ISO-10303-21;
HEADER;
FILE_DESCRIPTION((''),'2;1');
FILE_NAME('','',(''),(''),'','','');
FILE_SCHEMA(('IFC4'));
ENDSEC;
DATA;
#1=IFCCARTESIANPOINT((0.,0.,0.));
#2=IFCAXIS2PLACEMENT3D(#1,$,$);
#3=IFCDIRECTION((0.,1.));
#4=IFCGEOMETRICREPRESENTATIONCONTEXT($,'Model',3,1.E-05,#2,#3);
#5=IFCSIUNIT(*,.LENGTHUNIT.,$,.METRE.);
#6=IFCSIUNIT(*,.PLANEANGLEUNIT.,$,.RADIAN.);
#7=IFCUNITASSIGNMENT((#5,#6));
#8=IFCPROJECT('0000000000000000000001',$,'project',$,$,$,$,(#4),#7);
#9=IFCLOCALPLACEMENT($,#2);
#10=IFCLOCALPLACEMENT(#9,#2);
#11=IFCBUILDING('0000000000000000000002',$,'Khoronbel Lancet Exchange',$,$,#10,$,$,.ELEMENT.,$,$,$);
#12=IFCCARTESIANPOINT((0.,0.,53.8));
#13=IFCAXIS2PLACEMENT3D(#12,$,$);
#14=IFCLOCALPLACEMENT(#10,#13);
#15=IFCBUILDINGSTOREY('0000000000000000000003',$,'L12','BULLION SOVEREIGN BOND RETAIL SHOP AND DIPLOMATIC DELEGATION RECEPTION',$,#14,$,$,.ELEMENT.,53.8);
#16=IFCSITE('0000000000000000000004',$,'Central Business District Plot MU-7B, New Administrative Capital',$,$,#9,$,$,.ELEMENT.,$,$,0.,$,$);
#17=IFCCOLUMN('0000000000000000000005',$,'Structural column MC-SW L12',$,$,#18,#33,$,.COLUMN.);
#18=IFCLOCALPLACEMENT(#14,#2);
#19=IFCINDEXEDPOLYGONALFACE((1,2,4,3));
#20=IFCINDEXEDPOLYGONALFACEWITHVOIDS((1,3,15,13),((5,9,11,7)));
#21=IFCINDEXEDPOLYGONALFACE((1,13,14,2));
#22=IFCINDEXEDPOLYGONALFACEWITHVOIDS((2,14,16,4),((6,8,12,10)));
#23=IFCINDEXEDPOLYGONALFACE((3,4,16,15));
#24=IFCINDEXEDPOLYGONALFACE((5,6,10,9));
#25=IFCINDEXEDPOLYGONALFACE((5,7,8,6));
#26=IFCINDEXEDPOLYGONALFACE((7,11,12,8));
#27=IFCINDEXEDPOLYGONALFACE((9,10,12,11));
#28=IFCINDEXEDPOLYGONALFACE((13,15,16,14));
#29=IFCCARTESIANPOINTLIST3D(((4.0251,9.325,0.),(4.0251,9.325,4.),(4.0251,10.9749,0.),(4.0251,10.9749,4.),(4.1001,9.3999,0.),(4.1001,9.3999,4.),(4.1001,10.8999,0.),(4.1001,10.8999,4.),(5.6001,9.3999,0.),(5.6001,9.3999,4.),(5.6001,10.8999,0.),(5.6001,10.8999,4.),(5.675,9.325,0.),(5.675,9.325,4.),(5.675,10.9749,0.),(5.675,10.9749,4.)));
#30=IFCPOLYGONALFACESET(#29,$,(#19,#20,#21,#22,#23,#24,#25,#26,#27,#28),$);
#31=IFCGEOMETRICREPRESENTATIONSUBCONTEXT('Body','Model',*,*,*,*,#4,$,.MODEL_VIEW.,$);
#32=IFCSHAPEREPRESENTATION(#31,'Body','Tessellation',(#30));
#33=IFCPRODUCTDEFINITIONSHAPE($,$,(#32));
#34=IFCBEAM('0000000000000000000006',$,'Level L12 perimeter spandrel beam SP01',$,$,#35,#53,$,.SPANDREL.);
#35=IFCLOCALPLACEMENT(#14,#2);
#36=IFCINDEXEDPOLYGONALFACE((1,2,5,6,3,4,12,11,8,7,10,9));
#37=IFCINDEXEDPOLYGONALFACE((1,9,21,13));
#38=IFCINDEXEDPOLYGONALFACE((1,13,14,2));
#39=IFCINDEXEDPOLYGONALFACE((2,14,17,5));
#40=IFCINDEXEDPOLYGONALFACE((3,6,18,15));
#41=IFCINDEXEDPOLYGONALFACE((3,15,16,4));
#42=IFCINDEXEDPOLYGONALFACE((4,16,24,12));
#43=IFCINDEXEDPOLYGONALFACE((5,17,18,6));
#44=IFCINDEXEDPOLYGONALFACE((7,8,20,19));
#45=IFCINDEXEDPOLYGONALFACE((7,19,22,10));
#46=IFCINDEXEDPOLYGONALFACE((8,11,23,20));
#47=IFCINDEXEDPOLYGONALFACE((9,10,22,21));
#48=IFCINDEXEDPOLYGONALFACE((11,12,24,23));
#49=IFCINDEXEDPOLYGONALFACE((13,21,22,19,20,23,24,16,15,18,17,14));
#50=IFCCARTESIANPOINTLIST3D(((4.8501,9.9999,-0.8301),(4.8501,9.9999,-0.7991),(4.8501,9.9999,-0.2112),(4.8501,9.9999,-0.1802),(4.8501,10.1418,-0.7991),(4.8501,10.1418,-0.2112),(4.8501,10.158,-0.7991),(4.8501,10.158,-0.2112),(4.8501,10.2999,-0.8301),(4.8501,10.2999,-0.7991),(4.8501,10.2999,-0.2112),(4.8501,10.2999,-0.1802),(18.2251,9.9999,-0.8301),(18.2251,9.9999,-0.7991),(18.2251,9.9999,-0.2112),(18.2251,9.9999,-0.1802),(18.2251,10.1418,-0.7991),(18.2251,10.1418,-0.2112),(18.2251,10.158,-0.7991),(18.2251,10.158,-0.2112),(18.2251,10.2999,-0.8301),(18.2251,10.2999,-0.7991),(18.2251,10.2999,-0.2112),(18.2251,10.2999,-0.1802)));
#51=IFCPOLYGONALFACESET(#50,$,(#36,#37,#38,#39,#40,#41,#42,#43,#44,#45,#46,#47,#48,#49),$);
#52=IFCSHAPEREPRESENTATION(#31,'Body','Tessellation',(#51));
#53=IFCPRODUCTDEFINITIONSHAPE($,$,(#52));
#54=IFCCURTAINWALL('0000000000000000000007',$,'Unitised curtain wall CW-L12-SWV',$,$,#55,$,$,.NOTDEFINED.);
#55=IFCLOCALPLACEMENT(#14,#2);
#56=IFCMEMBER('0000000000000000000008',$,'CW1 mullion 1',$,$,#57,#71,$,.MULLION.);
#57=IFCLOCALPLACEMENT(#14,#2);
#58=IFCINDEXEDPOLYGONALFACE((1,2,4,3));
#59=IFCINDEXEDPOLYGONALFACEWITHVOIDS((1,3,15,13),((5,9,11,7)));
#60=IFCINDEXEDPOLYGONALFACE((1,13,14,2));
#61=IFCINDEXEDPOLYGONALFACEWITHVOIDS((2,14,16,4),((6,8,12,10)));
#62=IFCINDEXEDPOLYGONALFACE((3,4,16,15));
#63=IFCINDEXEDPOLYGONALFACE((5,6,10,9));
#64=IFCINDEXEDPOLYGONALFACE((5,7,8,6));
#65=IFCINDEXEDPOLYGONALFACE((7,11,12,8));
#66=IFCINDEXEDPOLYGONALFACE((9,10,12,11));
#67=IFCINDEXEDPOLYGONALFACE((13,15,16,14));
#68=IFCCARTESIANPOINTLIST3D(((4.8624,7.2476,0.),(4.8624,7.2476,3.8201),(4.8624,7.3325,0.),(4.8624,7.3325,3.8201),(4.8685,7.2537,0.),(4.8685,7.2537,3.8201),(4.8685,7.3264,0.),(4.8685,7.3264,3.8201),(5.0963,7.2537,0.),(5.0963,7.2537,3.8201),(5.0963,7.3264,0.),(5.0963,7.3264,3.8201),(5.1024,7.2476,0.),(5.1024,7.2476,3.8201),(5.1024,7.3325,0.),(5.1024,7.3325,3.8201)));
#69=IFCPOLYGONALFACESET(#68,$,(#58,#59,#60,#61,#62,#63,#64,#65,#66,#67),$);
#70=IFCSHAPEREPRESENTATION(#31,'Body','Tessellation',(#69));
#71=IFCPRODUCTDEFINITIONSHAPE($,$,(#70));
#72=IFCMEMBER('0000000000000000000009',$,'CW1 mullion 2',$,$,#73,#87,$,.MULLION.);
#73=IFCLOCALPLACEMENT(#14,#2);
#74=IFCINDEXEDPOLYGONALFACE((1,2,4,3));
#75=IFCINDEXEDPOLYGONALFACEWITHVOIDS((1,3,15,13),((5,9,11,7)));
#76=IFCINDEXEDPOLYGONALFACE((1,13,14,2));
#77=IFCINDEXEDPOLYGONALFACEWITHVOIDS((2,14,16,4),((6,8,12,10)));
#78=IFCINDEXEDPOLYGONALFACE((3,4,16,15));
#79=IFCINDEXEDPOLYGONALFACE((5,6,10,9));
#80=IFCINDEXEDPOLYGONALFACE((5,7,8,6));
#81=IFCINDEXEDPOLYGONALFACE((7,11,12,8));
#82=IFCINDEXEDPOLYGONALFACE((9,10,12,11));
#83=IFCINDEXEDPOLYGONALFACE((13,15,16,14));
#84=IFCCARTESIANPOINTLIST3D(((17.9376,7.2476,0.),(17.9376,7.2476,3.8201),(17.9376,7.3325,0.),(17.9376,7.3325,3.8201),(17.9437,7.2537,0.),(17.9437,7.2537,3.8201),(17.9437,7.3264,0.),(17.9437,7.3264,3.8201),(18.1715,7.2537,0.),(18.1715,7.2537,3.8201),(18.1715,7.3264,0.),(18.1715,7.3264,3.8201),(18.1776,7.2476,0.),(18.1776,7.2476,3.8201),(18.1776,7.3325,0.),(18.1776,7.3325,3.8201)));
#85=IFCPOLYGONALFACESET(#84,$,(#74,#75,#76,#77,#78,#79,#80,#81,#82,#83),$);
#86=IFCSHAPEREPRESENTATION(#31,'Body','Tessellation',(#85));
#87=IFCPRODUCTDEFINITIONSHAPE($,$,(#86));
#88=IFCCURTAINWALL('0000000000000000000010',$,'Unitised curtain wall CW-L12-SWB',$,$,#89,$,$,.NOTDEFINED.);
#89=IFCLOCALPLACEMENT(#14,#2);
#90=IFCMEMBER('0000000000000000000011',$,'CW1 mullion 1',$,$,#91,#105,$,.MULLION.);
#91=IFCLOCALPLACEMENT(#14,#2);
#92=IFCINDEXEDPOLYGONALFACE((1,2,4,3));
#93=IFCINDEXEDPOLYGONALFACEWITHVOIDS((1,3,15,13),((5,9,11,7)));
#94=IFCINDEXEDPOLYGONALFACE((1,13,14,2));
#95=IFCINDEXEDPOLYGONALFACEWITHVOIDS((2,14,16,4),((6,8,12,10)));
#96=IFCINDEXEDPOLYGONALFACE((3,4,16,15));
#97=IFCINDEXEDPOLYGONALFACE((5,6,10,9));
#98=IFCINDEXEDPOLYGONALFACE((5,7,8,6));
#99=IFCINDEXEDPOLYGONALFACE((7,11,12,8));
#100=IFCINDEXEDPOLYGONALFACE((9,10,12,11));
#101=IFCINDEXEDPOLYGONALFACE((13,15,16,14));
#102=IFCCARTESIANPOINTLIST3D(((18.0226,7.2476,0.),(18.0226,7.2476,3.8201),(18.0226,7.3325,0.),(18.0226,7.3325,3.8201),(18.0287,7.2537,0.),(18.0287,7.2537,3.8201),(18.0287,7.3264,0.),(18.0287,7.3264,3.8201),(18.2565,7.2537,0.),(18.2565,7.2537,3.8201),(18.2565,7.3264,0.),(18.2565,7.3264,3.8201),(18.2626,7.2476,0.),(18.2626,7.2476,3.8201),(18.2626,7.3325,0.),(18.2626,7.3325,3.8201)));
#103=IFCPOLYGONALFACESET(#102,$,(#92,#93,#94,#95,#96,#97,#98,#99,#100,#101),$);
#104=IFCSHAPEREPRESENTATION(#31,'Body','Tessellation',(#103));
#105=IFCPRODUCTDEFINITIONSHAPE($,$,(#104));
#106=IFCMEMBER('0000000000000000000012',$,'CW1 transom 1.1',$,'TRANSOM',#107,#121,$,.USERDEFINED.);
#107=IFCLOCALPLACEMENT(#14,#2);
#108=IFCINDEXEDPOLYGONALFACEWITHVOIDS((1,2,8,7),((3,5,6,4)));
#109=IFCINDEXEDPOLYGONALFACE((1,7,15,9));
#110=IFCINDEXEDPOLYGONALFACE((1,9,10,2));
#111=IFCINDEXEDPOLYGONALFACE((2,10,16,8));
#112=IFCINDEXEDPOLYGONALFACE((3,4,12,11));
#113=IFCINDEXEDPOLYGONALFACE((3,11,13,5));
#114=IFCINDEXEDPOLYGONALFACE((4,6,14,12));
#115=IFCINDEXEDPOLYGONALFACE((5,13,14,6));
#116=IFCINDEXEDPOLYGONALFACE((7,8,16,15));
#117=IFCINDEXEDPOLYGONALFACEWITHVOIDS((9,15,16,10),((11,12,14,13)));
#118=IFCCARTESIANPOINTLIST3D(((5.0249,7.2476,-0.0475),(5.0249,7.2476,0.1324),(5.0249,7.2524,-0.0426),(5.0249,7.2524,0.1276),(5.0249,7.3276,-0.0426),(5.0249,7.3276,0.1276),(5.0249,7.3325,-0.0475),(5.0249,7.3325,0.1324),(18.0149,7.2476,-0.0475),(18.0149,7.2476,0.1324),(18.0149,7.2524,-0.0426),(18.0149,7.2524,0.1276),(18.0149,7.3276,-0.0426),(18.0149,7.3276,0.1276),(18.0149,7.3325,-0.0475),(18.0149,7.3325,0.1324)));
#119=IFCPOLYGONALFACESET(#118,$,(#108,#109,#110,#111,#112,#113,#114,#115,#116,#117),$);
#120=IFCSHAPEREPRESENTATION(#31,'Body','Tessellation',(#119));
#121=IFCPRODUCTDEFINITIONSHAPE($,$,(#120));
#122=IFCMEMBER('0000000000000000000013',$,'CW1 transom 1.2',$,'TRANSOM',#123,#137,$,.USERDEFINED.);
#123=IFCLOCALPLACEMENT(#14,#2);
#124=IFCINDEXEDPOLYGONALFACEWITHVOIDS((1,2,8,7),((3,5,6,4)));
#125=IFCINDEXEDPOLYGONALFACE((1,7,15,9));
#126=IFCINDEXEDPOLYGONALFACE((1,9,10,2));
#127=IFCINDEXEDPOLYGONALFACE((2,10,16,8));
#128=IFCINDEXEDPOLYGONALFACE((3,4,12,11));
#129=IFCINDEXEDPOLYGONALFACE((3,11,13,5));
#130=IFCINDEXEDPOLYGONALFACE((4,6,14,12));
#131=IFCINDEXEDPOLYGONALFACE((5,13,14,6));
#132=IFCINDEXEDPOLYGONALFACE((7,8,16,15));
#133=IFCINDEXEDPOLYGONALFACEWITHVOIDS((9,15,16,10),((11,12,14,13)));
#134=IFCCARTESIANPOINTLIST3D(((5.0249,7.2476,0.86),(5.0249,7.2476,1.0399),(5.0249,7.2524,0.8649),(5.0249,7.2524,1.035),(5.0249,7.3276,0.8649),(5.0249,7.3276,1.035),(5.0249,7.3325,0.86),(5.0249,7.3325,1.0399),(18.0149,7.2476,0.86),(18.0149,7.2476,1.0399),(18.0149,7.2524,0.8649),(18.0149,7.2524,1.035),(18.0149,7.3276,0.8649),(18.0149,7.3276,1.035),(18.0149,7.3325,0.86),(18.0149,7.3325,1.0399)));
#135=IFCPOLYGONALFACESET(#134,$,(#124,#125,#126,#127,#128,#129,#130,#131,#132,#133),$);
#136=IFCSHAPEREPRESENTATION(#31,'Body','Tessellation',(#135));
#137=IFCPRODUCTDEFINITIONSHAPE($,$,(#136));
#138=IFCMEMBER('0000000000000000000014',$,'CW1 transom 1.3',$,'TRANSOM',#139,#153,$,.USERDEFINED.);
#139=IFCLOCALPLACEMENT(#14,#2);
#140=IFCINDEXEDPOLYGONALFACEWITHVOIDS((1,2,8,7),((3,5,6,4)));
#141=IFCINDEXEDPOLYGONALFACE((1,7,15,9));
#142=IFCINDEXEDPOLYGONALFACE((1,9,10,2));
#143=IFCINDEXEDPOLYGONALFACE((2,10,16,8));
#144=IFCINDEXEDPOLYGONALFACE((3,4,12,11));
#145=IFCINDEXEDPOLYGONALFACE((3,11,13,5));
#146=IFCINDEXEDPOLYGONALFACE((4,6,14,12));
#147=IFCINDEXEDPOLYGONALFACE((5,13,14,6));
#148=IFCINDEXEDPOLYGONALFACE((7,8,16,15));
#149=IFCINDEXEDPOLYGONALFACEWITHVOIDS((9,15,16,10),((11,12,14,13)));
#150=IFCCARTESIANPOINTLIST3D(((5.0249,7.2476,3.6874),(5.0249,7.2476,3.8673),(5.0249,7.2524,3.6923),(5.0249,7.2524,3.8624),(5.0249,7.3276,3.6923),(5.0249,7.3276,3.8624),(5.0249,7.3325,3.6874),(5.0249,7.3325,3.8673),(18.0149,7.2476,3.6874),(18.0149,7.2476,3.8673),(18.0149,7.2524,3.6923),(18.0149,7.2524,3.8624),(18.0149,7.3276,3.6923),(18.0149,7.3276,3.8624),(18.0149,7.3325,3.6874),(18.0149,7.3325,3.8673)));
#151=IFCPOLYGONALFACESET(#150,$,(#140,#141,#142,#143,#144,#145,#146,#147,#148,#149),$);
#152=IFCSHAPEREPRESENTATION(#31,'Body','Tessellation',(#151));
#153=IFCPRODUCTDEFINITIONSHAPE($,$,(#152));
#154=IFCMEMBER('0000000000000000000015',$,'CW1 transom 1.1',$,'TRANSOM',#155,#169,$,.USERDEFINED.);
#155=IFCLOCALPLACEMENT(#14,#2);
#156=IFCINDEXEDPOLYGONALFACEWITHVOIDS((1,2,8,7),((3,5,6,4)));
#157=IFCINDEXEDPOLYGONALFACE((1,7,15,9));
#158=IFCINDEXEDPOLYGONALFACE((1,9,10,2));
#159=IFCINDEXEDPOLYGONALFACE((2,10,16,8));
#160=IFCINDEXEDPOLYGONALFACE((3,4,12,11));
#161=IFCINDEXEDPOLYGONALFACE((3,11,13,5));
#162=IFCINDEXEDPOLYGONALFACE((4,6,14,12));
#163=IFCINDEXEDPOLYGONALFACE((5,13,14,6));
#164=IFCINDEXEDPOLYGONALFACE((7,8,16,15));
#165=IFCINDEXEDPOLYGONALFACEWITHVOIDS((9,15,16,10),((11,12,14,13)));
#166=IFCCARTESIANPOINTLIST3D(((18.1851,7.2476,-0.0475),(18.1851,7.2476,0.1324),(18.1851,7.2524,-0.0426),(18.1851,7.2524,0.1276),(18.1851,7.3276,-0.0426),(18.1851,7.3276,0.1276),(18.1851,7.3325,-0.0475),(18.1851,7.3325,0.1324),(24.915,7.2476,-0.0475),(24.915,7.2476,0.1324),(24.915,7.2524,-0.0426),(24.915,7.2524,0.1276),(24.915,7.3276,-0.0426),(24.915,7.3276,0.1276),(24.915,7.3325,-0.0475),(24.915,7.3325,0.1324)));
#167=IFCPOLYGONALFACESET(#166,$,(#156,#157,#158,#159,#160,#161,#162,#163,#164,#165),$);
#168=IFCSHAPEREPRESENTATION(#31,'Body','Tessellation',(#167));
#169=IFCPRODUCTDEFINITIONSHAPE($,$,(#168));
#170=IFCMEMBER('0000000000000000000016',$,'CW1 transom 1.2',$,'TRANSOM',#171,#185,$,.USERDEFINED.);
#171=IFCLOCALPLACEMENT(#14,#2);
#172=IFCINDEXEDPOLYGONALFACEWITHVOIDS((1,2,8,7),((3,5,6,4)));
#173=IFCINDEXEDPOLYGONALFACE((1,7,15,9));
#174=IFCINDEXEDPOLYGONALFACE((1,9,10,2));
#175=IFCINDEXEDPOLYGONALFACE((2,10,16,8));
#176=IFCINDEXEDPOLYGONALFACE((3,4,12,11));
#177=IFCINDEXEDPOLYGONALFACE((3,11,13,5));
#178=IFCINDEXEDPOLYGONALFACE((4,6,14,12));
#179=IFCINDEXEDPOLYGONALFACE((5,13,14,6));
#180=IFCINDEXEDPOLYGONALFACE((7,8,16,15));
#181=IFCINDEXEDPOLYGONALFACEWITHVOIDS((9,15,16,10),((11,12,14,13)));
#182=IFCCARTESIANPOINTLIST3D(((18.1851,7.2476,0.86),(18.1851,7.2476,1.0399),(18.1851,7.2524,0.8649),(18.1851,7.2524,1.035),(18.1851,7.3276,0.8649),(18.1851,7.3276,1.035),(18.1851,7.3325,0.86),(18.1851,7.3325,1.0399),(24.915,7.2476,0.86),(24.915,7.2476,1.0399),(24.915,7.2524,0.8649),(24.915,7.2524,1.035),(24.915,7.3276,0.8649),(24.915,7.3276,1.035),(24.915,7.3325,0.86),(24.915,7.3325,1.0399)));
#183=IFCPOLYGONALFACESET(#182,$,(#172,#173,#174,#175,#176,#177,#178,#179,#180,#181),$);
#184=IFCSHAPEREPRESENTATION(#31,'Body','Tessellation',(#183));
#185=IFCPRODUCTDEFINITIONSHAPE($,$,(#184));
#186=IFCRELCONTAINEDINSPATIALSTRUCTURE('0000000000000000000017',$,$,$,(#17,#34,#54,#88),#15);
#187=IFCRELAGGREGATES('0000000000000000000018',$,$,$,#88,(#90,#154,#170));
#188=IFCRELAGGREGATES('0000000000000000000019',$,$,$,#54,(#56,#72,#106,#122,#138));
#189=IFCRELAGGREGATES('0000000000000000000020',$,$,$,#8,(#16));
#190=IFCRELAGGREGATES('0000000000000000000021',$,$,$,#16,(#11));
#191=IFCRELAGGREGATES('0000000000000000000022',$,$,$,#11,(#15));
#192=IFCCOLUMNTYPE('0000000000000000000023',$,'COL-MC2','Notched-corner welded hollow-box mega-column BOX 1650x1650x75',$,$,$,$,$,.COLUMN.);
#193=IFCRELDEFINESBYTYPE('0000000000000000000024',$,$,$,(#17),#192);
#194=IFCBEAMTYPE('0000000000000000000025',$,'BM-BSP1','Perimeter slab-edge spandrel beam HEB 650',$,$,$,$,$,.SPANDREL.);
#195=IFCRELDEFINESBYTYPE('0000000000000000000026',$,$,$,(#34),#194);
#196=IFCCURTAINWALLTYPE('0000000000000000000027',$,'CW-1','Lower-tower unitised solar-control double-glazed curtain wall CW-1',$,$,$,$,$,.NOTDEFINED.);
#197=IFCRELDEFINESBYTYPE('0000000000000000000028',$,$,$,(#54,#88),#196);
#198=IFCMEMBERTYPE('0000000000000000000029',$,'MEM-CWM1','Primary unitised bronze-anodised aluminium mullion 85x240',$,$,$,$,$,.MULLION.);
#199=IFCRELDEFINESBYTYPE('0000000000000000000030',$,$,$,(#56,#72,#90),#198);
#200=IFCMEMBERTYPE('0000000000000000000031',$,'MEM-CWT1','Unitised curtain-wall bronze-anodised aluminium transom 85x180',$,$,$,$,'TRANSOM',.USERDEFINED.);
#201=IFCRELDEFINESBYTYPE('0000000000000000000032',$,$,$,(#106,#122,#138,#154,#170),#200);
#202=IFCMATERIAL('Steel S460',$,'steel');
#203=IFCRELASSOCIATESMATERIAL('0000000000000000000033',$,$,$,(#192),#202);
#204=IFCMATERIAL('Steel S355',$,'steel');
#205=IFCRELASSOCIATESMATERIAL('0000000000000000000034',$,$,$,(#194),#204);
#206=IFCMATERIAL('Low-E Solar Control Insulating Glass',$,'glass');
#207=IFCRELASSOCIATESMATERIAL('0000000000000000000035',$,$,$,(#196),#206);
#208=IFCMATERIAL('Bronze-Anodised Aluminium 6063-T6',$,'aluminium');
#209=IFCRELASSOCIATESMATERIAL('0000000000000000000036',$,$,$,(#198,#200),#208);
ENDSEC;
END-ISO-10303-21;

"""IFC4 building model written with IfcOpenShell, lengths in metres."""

from ifc_helpers import new_model, si_unit, direction, frame, origin, origin_2d, place, context, subcontext, project, spatial, hollow_rectangle, i_section, extrude, material, material_profile, profile_set, type_object, element, aggregate, save


model = new_model("IFC4")

# Units and contexts
model_context = context("Model", 3, precision=1e-05, world=origin(), true_north=direction((0.0, 1.0)))
body_context = subcontext(model_context, "Body", "Model", "MODEL_VIEW")
ifc_project = project(units=[si_unit("LENGTHUNIT", "METRE"), si_unit("PLANEANGLEUNIT", "RADIAN")], contexts=[model_context])

# Site, building, storey
site_placement = place(None, origin())
site = spatial("IfcSite", under=ifc_project, at=site_placement, Name="Central Business District Plot MU-7B, New Administrative Capital", CompositionType="ELEMENT", RefElevation=0.0)
building_placement = place(site_placement, origin())
building = spatial("IfcBuilding", under=site, at=building_placement, Name="Khoronbel Lancet Exchange", CompositionType="ELEMENT")
storey_placement = place(building_placement, frame((0.0, 0.0, 53.8)))
storey = spatial("IfcBuildingStorey", under=building, at=storey_placement, Name="L12", Description="BULLION SOVEREIGN BOND RETAIL SHOP AND DIPLOMATIC DELEGATION RECEPTION", CompositionType="ELEMENT", Elevation=53.8)

# Column
ifc_material_1 = material(Name="Steel S460", Category="steel")
ifc_material_profile_1 = material_profile(ifc_material_1, hollow_rectangle(XDim=1.6499, YDim=1.6499, WallThickness=0.075, at=origin_2d()), Name="BOX 1650x1650x75")
ifc_profile_set_1 = profile_set([ifc_material_profile_1], Name="Steel S460")
column_type = type_object("IfcColumnType", Name="COL-MC2", Description="Notched-corner welded hollow-box mega-column BOX 1650x1650x75", PredefinedType="COLUMN", material=ifc_profile_set_1)
column_placement = place(storey_placement, frame((4.8501, 10.1499, 0.0), z_axis=(0.0, 0.0, 1.0), x_axis=(1.0, 0.0, 0.0)))
element("IfcColumn", 1, at=column_placement, inside=storey, type_object=column_type, Name="Structural column MC-SW L12", PredefinedType="COLUMN", context=body_context, shape_type="SweptSolid", body=[
    extrude(hollow_rectangle(XDim=1.6499, YDim=1.6499, WallThickness=0.075, at=origin_2d()), origin(), (0.0, 0.0, 1.0), 4.0),
])

# Beam
ifc_material_2 = material(Name="Steel S355", Category="steel")
ifc_material_profile_2 = material_profile(ifc_material_2, i_section(OverallWidth=0.3, OverallDepth=0.6499, WebThickness=0.0161, FlangeThickness=0.031, at=origin_2d()), Name="HEB 650")
ifc_profile_set_2 = profile_set([ifc_material_profile_2], Name="Steel S355")
beam_type = type_object("IfcBeamType", Name="BM-BSP1", Description="Perimeter slab-edge spandrel beam HEB 650", PredefinedType="SPANDREL", material=ifc_profile_set_2)
beam_placement = place(storey_placement, frame((4.8501, 10.1499, -0.5051), z_axis=(1.0, 0.0, 0.0), x_axis=(0.0, 1.0, 0.0)))
element("IfcBeam", 2, at=beam_placement, inside=storey, type_object=beam_type, Name="Level L12 perimeter spandrel beam SP01", PredefinedType="SPANDREL", context=body_context, shape_type="SweptSolid", body=[
    extrude(i_section(OverallWidth=0.3, OverallDepth=0.6499, WebThickness=0.0161, FlangeThickness=0.031, at=origin_2d()), origin(), (0.0, 0.0, 1.0), 13.375),
])

# Curtain wall, members
ifc_material_3 = material(Name="Low-E Solar Control Insulating Glass", Category="glass")
curtain_wall_type = type_object("IfcCurtainWallType", Name="CW-1", Description="Lower-tower unitised solar-control double-glazed curtain wall CW-1", PredefinedType="NOTDEFINED", material=ifc_material_3)
curtain_wall_1_placement = place(storey_placement, origin())
curtain_wall_1 = element("IfcCurtainWall", 3, at=curtain_wall_1_placement, inside=storey, type_object=curtain_wall_type, Name="Unitised curtain wall CW-L12-SWV", PredefinedType="NOTDEFINED")
ifc_material_4 = material(Name="Bronze-Anodised Aluminium 6063-T6", Category="aluminium")
ifc_material_profile_3 = material_profile(ifc_material_4, hollow_rectangle(XDim=0.085, YDim=0.24, WallThickness=0.0061, at=origin_2d()), Name="ALU MULLION 85x240")
ifc_profile_set_3 = profile_set([ifc_material_profile_3], Name="Bronze-Anodised Aluminium 6063-T6")
member_type_1 = type_object("IfcMemberType", Name="MEM-CWM1", Description="Primary unitised bronze-anodised aluminium mullion 85x240", PredefinedType="MULLION", material=ifc_profile_set_3)
member_1_placement = place(storey_placement, frame((4.9824, 7.29, 0.0), z_axis=(0.0, 0.0, 1.0), x_axis=(0.0, 1.0, 0.0)))
member_1 = element("IfcMember", 4, at=member_1_placement, type_object=member_type_1, Name="CW1 mullion 1", PredefinedType="MULLION", context=body_context, shape_type="SweptSolid", body=[
    extrude(hollow_rectangle(XDim=0.085, YDim=0.24, WallThickness=0.0061, at=origin_2d()), origin(), (0.0, 0.0, 1.0), 3.8201),
])
member_2_placement = place(storey_placement, frame((18.0576, 7.29, 0.0), z_axis=(0.0, 0.0, 1.0), x_axis=(0.0, 1.0, 0.0)))
member_2 = element("IfcMember", 5, at=member_2_placement, type_object=member_type_1, Name="CW1 mullion 2", PredefinedType="MULLION", context=body_context, shape_type="SweptSolid", body=[
    extrude(hollow_rectangle(XDim=0.085, YDim=0.24, WallThickness=0.0061, at=origin_2d()), origin(), (0.0, 0.0, 1.0), 3.8201),
])

# Curtain wall, member
curtain_wall_2_placement = place(storey_placement, origin())
curtain_wall_2 = element("IfcCurtainWall", 6, at=curtain_wall_2_placement, inside=storey, type_object=curtain_wall_type, Name="Unitised curtain wall CW-L12-SWB", PredefinedType="NOTDEFINED")
member_3_placement = place(storey_placement, frame((18.1426, 7.29, 0.0), z_axis=(0.0, 0.0, 1.0), x_axis=(0.0, 1.0, 0.0)))
member_3 = element("IfcMember", 7, at=member_3_placement, type_object=member_type_1, Name="CW1 mullion 1", PredefinedType="MULLION", context=body_context, shape_type="SweptSolid", body=[
    extrude(hollow_rectangle(XDim=0.085, YDim=0.24, WallThickness=0.0061, at=origin_2d()), origin(), (0.0, 0.0, 1.0), 3.8201),
])

# Members
ifc_material_profile_4 = material_profile(ifc_material_4, hollow_rectangle(XDim=0.085, YDim=0.1799, WallThickness=0.0049, at=origin_2d()), Name="ALU TRANSOM 85x180")
ifc_profile_set_4 = profile_set([ifc_material_profile_4], Name="Bronze-Anodised Aluminium 6063-T6")
member_type_2 = type_object("IfcMemberType", Name="MEM-CWT1", Description="Unitised curtain-wall bronze-anodised aluminium transom 85x180", ElementType="TRANSOM", PredefinedType="USERDEFINED", material=ifc_profile_set_4)
member_4_placement = place(storey_placement, frame((5.0249, 7.29, 0.0425), z_axis=(1.0, 0.0, 0.0), x_axis=(0.0, 1.0, 0.0)))
member_4 = element("IfcMember", 8, at=member_4_placement, type_object=member_type_2, Name="CW1 transom 1.1", ObjectType="TRANSOM", PredefinedType="USERDEFINED", context=body_context, shape_type="SweptSolid", body=[
    extrude(hollow_rectangle(XDim=0.085, YDim=0.1799, WallThickness=0.0049, at=origin_2d()), origin(), (0.0, 0.0, 1.0), 12.99),
])
member_5_placement = place(storey_placement, frame((5.0249, 7.29, 0.95), z_axis=(1.0, 0.0, 0.0), x_axis=(0.0, 1.0, 0.0)))
member_5 = element("IfcMember", 9, at=member_5_placement, type_object=member_type_2, Name="CW1 transom 1.2", ObjectType="TRANSOM", PredefinedType="USERDEFINED", context=body_context, shape_type="SweptSolid", body=[
    extrude(hollow_rectangle(XDim=0.085, YDim=0.1799, WallThickness=0.0049, at=origin_2d()), origin(), (0.0, 0.0, 1.0), 12.99),
])
member_6_placement = place(storey_placement, frame((5.0249, 7.29, 3.7773), z_axis=(1.0, 0.0, 0.0), x_axis=(0.0, 1.0, 0.0)))
member_6 = element("IfcMember", 10, at=member_6_placement, type_object=member_type_2, Name="CW1 transom 1.3", ObjectType="TRANSOM", PredefinedType="USERDEFINED", context=body_context, shape_type="SweptSolid", body=[
    extrude(hollow_rectangle(XDim=0.085, YDim=0.1799, WallThickness=0.0049, at=origin_2d()), origin(), (0.0, 0.0, 1.0), 12.99),
])
member_7_placement = place(storey_placement, frame((18.1851, 7.29, 0.0425), z_axis=(1.0, 0.0, 0.0), x_axis=(0.0, 1.0, 0.0)))
member_7 = element("IfcMember", 11, at=member_7_placement, type_object=member_type_2, Name="CW1 transom 1.1", ObjectType="TRANSOM", PredefinedType="USERDEFINED", context=body_context, shape_type="SweptSolid", body=[
    extrude(hollow_rectangle(XDim=0.085, YDim=0.1799, WallThickness=0.0049, at=origin_2d()), origin(), (0.0, 0.0, 1.0), 6.73),
])
member_8_placement = place(storey_placement, frame((18.1851, 7.29, 0.95), z_axis=(1.0, 0.0, 0.0), x_axis=(0.0, 1.0, 0.0)))
member_8 = element("IfcMember", 12, at=member_8_placement, type_object=member_type_2, Name="CW1 transom 1.2", ObjectType="TRANSOM", PredefinedType="USERDEFINED", context=body_context, shape_type="SweptSolid", body=[
    extrude(hollow_rectangle(XDim=0.085, YDim=0.1799, WallThickness=0.0049, at=origin_2d()), origin(), (0.0, 0.0, 1.0), 6.73),
])
aggregate(curtain_wall_2, [member_3, member_7, member_8])

aggregate(curtain_wall_1, [member_1, member_2, member_4, member_5, member_6])

save(model, "model.ifc")
